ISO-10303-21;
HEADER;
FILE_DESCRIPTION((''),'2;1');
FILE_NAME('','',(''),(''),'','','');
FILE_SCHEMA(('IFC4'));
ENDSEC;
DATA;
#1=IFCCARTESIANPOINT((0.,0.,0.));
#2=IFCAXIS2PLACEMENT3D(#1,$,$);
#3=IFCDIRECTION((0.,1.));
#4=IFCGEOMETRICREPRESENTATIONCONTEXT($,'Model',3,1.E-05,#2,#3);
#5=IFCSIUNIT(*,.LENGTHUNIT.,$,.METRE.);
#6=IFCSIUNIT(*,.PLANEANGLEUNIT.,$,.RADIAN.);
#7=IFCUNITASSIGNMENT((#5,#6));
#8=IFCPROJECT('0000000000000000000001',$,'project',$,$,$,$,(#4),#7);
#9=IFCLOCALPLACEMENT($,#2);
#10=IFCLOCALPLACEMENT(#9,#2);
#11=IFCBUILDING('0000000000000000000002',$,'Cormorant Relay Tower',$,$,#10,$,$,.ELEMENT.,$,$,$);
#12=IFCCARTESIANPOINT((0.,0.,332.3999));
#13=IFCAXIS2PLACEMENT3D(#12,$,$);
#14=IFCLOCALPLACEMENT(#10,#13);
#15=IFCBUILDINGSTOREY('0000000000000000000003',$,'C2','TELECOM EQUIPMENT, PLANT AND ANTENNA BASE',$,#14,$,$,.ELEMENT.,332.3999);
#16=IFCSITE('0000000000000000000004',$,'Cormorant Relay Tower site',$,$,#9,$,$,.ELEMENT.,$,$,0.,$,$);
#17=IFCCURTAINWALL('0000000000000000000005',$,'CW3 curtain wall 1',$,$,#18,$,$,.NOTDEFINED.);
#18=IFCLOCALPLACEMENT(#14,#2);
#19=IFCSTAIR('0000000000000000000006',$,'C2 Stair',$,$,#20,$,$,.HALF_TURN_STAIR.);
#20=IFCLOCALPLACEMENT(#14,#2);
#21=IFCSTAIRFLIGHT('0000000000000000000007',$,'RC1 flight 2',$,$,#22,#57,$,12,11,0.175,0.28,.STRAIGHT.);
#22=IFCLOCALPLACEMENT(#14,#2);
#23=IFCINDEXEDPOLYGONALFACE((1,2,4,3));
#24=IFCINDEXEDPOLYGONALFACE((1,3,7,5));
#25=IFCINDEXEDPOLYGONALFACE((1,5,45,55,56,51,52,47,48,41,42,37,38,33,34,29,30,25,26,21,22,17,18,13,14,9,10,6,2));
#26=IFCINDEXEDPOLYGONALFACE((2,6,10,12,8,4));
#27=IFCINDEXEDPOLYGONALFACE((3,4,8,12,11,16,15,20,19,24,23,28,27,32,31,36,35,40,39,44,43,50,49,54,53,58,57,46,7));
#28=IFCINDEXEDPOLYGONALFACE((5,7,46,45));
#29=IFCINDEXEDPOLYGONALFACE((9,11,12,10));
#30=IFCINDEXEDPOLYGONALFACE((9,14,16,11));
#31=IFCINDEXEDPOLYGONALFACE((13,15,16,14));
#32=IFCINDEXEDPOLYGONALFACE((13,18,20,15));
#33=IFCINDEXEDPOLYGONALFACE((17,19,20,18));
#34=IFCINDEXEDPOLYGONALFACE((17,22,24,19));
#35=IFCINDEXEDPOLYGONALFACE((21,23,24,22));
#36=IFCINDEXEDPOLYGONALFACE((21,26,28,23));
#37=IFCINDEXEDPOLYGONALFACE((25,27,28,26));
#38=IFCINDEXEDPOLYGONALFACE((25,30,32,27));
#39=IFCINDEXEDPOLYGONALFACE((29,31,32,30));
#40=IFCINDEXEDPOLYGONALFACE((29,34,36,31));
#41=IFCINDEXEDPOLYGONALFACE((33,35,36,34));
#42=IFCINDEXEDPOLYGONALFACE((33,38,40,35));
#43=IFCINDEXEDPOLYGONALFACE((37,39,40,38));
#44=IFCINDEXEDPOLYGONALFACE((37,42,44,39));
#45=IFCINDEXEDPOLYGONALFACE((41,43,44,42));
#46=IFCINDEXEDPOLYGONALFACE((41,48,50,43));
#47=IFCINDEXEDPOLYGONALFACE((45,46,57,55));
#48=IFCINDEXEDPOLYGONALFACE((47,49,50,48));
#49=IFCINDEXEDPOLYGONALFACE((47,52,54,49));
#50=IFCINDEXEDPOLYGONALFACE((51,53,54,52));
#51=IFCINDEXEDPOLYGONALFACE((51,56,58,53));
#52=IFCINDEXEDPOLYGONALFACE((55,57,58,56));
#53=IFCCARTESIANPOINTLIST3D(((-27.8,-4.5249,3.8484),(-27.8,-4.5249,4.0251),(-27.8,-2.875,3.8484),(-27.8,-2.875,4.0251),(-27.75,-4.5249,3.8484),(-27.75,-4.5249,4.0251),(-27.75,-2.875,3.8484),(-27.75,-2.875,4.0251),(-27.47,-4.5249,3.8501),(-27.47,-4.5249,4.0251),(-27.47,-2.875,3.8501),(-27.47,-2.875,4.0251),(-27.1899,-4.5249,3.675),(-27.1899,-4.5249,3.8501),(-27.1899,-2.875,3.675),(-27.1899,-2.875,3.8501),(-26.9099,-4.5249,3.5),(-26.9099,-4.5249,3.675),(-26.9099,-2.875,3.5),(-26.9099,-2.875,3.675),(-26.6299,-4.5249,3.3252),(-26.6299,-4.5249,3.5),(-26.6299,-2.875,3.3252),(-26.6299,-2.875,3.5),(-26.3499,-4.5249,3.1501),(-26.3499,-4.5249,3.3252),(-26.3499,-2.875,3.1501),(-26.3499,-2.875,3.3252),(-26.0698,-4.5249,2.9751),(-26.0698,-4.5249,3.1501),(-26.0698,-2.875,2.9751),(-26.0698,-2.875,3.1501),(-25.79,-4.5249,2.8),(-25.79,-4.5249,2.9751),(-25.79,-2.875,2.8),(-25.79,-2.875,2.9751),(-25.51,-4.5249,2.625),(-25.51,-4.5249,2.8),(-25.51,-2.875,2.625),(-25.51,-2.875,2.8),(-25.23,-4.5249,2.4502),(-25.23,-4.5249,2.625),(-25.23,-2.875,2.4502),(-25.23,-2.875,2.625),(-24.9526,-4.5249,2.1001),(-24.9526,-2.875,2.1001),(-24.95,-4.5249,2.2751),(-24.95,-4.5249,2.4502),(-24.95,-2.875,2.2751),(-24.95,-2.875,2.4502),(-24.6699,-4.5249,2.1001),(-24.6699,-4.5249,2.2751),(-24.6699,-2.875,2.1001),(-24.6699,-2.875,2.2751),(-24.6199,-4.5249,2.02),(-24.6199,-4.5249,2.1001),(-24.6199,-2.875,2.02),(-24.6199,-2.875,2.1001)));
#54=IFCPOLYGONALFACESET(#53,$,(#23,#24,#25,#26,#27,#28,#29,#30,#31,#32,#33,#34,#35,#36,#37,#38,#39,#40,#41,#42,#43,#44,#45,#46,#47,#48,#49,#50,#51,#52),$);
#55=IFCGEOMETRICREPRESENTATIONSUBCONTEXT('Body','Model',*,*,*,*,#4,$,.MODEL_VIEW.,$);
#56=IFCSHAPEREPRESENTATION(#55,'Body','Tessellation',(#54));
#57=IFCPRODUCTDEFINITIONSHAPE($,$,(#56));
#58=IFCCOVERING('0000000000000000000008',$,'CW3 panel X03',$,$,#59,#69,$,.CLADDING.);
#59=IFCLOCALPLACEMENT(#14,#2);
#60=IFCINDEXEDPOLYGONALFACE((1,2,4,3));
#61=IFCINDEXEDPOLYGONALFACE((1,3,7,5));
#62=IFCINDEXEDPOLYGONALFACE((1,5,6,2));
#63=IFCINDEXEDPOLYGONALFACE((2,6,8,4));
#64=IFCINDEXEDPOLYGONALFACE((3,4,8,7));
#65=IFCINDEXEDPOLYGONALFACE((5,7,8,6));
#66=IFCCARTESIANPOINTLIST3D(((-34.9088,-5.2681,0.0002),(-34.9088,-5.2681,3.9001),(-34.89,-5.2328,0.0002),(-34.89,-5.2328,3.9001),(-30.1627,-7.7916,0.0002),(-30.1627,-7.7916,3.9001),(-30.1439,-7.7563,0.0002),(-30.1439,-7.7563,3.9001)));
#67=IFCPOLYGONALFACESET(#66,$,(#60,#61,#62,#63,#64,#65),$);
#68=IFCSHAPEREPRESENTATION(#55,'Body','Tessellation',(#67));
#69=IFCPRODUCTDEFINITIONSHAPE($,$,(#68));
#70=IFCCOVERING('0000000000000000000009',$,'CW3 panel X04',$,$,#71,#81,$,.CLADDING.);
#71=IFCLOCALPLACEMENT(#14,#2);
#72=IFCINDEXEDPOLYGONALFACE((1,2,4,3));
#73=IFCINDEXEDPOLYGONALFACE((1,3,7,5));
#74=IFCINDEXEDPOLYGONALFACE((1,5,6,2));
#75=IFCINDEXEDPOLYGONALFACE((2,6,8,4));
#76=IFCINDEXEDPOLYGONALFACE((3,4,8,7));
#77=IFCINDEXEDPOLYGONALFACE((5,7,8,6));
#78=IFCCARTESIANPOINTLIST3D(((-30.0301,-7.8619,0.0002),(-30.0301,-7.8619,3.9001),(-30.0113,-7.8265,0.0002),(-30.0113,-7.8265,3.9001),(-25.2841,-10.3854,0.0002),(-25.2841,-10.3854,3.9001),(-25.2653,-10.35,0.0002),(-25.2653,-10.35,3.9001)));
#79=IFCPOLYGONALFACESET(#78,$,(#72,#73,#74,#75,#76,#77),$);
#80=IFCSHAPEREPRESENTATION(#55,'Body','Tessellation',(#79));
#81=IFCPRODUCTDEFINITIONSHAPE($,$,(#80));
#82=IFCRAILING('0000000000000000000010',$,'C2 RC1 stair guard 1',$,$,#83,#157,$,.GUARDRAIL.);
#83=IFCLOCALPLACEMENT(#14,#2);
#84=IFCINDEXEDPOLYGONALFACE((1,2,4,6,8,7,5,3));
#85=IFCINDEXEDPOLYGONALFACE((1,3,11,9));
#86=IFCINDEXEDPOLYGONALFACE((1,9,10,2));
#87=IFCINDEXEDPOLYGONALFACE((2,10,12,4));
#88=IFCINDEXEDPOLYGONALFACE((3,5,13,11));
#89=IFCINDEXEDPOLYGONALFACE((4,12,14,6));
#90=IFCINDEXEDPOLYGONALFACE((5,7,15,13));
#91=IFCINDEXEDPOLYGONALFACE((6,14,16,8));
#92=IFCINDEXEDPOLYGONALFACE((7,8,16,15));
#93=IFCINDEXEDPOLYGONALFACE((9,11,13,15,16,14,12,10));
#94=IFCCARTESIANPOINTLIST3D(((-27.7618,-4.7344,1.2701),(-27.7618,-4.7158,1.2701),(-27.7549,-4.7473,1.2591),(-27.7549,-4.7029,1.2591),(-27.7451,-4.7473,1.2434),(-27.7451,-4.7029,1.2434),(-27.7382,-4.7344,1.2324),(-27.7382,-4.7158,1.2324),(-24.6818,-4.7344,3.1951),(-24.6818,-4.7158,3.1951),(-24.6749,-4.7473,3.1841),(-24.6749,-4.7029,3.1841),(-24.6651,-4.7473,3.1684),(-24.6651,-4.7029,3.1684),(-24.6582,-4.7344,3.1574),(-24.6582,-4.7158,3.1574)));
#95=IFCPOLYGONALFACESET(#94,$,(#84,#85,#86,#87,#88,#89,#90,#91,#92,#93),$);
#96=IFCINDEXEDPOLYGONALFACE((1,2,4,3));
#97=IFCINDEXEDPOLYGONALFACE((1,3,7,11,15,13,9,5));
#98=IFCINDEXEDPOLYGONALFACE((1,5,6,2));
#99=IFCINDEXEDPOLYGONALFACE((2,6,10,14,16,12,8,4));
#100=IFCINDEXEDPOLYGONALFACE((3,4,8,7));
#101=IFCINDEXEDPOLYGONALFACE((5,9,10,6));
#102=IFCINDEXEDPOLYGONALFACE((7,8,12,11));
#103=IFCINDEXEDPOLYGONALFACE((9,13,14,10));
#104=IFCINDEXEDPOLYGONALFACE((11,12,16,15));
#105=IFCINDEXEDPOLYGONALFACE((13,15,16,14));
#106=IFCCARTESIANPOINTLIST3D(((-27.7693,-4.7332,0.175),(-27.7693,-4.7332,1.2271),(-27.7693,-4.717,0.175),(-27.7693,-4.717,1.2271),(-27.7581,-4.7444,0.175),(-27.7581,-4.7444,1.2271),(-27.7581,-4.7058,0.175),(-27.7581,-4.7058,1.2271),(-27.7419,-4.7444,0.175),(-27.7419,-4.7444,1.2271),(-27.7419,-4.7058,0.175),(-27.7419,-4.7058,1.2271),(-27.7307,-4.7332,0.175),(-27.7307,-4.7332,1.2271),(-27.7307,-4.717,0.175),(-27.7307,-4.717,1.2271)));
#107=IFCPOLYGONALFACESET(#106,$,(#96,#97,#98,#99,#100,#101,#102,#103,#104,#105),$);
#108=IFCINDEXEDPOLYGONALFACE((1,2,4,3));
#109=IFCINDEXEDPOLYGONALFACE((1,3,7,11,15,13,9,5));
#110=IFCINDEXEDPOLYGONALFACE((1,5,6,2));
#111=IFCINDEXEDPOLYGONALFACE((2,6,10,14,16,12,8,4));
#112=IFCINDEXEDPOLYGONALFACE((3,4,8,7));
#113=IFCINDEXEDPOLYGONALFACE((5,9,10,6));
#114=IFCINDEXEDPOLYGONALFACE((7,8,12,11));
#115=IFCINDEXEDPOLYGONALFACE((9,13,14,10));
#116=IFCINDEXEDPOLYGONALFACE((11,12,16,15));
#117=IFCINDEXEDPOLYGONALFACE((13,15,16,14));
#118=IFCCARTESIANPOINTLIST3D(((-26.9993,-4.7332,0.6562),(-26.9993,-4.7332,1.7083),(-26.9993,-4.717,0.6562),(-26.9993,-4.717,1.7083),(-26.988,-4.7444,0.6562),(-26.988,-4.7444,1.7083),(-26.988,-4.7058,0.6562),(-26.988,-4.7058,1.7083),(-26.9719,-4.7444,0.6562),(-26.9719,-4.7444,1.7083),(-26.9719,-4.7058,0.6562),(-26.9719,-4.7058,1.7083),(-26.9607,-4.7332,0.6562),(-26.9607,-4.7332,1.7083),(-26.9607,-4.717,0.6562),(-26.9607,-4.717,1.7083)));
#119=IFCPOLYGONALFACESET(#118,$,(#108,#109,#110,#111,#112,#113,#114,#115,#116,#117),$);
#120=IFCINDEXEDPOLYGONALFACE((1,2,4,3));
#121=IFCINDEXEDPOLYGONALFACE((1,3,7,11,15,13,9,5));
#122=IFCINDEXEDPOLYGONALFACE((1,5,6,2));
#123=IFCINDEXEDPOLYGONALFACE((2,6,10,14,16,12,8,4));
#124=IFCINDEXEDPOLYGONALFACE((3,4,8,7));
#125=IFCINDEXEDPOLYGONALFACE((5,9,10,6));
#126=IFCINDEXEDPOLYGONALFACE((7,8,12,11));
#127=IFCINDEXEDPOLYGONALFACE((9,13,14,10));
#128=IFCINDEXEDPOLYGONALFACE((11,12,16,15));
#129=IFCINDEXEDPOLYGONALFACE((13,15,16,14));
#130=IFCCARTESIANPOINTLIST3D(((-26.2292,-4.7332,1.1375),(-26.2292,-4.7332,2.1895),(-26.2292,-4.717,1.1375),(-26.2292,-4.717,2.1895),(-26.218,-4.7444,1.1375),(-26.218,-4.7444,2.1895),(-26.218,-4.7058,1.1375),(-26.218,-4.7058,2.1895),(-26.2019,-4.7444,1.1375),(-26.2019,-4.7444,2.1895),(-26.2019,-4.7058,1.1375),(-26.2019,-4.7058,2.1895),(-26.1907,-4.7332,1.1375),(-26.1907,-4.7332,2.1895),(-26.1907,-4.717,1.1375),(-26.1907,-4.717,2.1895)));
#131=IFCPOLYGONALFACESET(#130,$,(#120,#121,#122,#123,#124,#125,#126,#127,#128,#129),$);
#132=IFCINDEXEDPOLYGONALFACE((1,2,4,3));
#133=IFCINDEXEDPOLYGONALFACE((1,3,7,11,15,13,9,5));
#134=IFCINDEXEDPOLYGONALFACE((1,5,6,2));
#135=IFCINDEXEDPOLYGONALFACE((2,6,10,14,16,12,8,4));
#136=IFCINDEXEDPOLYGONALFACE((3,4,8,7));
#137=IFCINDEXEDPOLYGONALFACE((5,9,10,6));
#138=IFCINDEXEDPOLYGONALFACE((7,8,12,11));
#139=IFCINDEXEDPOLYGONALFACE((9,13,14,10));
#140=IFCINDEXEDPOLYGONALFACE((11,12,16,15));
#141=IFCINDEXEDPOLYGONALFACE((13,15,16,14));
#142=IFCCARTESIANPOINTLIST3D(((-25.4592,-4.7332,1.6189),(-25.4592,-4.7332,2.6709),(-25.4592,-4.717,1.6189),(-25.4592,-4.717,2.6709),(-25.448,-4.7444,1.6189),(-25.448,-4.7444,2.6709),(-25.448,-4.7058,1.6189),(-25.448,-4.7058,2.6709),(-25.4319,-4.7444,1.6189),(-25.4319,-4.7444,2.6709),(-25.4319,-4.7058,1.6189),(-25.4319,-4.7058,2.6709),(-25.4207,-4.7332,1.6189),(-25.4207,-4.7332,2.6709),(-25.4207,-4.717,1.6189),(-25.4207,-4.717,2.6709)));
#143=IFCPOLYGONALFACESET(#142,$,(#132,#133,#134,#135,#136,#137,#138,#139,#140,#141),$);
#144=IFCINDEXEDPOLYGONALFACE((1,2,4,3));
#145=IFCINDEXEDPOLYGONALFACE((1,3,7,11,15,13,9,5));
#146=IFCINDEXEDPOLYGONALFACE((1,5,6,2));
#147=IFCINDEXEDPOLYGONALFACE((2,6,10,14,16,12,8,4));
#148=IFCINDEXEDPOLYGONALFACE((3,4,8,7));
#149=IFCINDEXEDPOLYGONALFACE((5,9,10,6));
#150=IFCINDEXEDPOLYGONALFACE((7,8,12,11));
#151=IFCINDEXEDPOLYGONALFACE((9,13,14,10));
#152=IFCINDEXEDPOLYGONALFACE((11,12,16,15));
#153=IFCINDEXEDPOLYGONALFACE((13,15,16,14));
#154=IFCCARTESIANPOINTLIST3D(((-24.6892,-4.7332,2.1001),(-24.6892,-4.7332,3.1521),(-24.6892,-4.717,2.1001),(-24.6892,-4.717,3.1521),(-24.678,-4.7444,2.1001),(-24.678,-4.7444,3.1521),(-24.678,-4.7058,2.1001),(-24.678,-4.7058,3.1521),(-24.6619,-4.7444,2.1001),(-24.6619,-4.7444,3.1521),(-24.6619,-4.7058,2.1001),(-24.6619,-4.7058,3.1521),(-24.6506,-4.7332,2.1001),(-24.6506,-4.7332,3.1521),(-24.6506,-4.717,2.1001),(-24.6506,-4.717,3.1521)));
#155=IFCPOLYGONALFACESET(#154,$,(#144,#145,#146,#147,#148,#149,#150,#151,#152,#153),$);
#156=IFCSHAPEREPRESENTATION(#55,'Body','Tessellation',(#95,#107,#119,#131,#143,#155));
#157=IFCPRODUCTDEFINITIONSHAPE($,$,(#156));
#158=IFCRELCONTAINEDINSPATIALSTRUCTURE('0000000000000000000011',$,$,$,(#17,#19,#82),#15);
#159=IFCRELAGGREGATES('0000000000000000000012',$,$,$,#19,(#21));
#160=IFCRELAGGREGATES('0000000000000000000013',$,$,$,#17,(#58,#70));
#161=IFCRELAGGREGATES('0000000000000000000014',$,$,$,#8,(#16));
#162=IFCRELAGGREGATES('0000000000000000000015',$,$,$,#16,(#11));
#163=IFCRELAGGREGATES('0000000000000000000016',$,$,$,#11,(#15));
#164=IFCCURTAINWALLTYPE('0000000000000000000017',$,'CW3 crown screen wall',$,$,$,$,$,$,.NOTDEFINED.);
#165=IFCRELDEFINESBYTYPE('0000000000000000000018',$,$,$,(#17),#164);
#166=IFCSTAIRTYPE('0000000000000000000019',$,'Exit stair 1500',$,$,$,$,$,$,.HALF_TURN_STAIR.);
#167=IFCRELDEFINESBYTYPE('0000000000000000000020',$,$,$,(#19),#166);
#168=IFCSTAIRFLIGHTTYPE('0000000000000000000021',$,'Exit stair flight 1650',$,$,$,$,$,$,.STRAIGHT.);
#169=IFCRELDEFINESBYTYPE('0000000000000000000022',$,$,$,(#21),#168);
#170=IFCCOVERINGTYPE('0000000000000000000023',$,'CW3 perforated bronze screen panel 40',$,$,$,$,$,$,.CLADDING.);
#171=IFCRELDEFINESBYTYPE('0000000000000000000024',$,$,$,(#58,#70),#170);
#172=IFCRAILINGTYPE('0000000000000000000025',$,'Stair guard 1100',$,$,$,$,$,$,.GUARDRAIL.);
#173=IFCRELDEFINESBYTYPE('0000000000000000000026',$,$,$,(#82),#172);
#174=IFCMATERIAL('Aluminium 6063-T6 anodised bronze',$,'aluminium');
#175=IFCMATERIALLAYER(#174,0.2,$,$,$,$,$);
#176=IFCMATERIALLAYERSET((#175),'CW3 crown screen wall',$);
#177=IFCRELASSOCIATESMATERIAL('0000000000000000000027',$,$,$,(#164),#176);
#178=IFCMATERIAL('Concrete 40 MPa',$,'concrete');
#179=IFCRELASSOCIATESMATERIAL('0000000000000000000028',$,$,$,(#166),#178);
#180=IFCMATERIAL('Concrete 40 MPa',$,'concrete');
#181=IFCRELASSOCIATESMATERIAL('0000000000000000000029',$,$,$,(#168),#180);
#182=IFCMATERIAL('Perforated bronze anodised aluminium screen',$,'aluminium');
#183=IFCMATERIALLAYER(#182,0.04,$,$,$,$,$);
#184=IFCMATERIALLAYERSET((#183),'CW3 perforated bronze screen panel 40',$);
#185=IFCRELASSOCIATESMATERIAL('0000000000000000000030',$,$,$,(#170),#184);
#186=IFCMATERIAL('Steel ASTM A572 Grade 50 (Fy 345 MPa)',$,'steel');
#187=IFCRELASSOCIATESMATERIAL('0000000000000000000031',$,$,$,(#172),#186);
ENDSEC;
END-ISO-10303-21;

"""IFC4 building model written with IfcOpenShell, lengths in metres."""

from ifc_helpers import new_model, si_unit, direction, frame, origin, origin_2d, place, context, subcontext, project, spatial, polyline, rectangle, outline, extrude, material, layer, layer_set, type_object, element, aggregate, save


model = new_model("IFC4")

# Units and contexts
model_context = context("Model", 3, precision=1e-05, world=origin(), true_north=direction((0.0, 1.0)))
body_context = subcontext(model_context, "Body", "Model", "MODEL_VIEW")
ifc_project = project(units=[si_unit("LENGTHUNIT", "METRE"), si_unit("PLANEANGLEUNIT", "RADIAN")], contexts=[model_context])

# Site, building, storey
site_placement = place(None, origin())
site = spatial("IfcSite", under=ifc_project, at=site_placement, Name="Cormorant Relay Tower site", CompositionType="ELEMENT", RefElevation=0.0)
building_placement = place(site_placement, origin())
building = spatial("IfcBuilding", under=site, at=building_placement, Name="Cormorant Relay Tower", CompositionType="ELEMENT")
storey_placement = place(building_placement, frame((0.0, 0.0, 332.3999)))
storey = spatial("IfcBuildingStorey", under=building, at=storey_placement, Name="C2", Description="TELECOM EQUIPMENT, PLANT AND ANTENNA BASE", CompositionType="ELEMENT", Elevation=332.3999)

# Curtain wall
ifc_material_1 = material(Name="Aluminium 6063-T6 anodised bronze", Category="aluminium")
ifc_layer_1 = layer(ifc_material_1, 0.2)
ifc_layer_set_1 = layer_set([ifc_layer_1], Name="CW3 crown screen wall")
curtain_wall_type = type_object("IfcCurtainWallType", Name="CW3 crown screen wall", PredefinedType="NOTDEFINED", material=ifc_layer_set_1)
curtain_wall_placement = place(storey_placement, origin())
curtain_wall = element("IfcCurtainWall", 1, at=curtain_wall_placement, inside=storey, type_object=curtain_wall_type, Name="CW3 curtain wall 1", PredefinedType="NOTDEFINED")

# Stair, stair flight
ifc_material_2 = material(Name="Concrete 40 MPa", Category="concrete")
stair_type = type_object("IfcStairType", Name="Exit stair 1500", PredefinedType="HALF_TURN_STAIR", material=ifc_material_2)
stair_placement = place(storey_placement, origin())
stair = element("IfcStair", 2, at=stair_placement, inside=storey, type_object=stair_type, Name="C2 Stair", PredefinedType="HALF_TURN_STAIR")
ifc_material_3 = material(Name="Concrete 40 MPa", Category="concrete")
stair_flight_type = type_object("IfcStairFlightType", Name="Exit stair flight 1650", PredefinedType="STRAIGHT", material=ifc_material_3)
stair_flight_1_placement = place(storey_placement, frame((-24.6699, -3.7, 2.1001), z_axis=(0.0, 0.0, 1.0), x_axis=(-1.0, 0.0, 0.0)))
stair_flight_1 = element("IfcStairFlight", 3, at=stair_flight_1_placement, type_object=stair_flight_type, Name="RC1 flight 2", NumberOfRisers=12, NumberOfTreads=11, PredefinedType="STRAIGHT", RiserHeight=0.175, TreadLength=0.28, context=body_context, shape_type="SweptSolid", body=[
    extrude(outline(polyline([(-0.05, -0.0801), (-0.05, 0.0), (0.0, 0.0), (0.0, 0.175), (0.28, 0.175), (0.28, 0.3501), (0.5601, 0.3501), (0.5601, 0.5249), (0.8401, 0.5249), (0.8401, 0.7), (1.1201, 0.7), (1.1201, 0.875), (1.3999, 0.875), (1.3999, 1.05), (1.6799, 1.05), (1.6799, 1.2251), (1.96, 1.2251), (1.96, 1.3999), (2.24, 1.3999), (2.24, 1.575), (2.52, 1.575), (2.52, 1.75), (2.8, 1.75), (2.8, 1.925), (3.0801, 1.925), (3.1301, 1.925), (3.1301, 1.7483), (3.0801, 1.7483), (0.2827, 0.0), (-0.05, -0.0801)])), frame((0.0, 0.825, 0.0), z_axis=(0.0, -1.0, 0.0), x_axis=(1.0, 0.0, 0.0)), (0.0, 0.0, 1.0), 1.6499),
])
aggregate(stair, [stair_flight_1])

# Coverings
ifc_material_4 = material(Name="Perforated bronze anodised aluminium screen", Category="aluminium")
ifc_layer_2 = layer(ifc_material_4, 0.04)
ifc_layer_set_2 = layer_set([ifc_layer_2], Name="CW3 perforated bronze screen panel 40")
covering_type = type_object("IfcCoveringType", Name="CW3 perforated bronze screen panel 40", PredefinedType="CLADDING", material=ifc_layer_set_2)
covering_1_placement = place(storey_placement, frame((-32.5264, -6.5122, 0.0002), z_axis=(0.0, 0.0, 1.0), x_axis=(0.882948, -0.469472, 0.0)))
covering_1 = element("IfcCovering", 4, at=covering_1_placement, type_object=covering_type, Name="CW3 panel X03", PredefinedType="CLADDING", context=body_context, shape_type="SweptSolid", body=[
    extrude(rectangle(XDim=5.3752, YDim=0.04, at=origin_2d()), origin(), (0.0, 0.0, 1.0), 3.8999),
])
covering_2_placement = place(storey_placement, frame((-27.6477, -9.106, 0.0002), z_axis=(0.0, 0.0, 1.0), x_axis=(0.882948, -0.469472, 0.0)))
covering_2 = element("IfcCovering", 5, at=covering_2_placement, type_object=covering_type, Name="CW3 panel X04", PredefinedType="CLADDING", context=body_context, shape_type="SweptSolid", body=[
    extrude(rectangle(XDim=5.3752, YDim=0.04, at=origin_2d()), origin(), (0.0, 0.0, 1.0), 3.8999),
])
aggregate(curtain_wall, [covering_1, covering_2])

# Railing
ifc_material_5 = material(Name="Steel ASTM A572 Grade 50 (Fy 345 MPa)", Category="steel")
railing_type_1 = type_object("IfcRailingType", Name="Stair guard 1100", PredefinedType="GUARDRAIL", material=ifc_material_5)
railing_1_placement = place(storey_placement, frame((-27.75, -4.7251, 0.175)))
element("IfcRailing", 6, at=railing_1_placement, inside=storey, type_object=railing_type_1, Name="C2 RC1 stair guard 1", PredefinedType="GUARDRAIL", context=body_context, shape_type="SweptSolid", body=[
    extrude(outline(polyline([(0.0222, 0.0093), (0.0093, 0.0222), (-0.0093, 0.0222), (-0.0222, 0.0093), (-0.0222, -0.0093), (-0.0093, -0.0222), (0.0093, -0.0222), (0.0222, -0.0093), (0.0222, 0.0093)])), frame((0.0, 0.0, 1.0762), z_axis=(0.847998, 0.0, 0.529999), x_axis=(0.0, 1.0, 0.0)), (0.0, 0.0, 1.0), 3.6321),
    extrude(outline(polyline([(0.0193, 0.0081), (0.0081, 0.0193), (-0.0081, 0.0193), (-0.0193, 0.0081), (-0.0193, -0.0081), (-0.0081, -0.0193), (0.0081, -0.0193), (0.0193, -0.0081), (0.0193, 0.0081)])), origin(), (0.0, 0.0, 1.0), 1.052),
    extrude(outline(polyline([(0.0193, 0.0081), (0.0081, 0.0193), (-0.0081, 0.0193), (-0.0193, 0.0081), (-0.0193, -0.0081), (-0.0081, -0.0193), (0.0081, -0.0193), (0.0193, -0.0081), (0.0193, 0.0081)])), frame((0.77, 0.0, 0.4812)), (0.0, 0.0, 1.0), 1.052),
    extrude(outline(polyline([(0.0193, 0.0081), (0.0081, 0.0193), (-0.0081, 0.0193), (-0.0193, 0.0081), (-0.0193, -0.0081), (-0.0081, -0.0193), (0.0081, -0.0193), (0.0193, -0.0081), (0.0193, 0.0081)])), frame((1.54, 0.0, 0.9624)), (0.0, 0.0, 1.0), 1.052),
    extrude(outline(polyline([(0.0193, 0.0081), (0.0081, 0.0193), (-0.0081, 0.0193), (-0.0193, 0.0081), (-0.0193, -0.0081), (-0.0081, -0.0193), (0.0081, -0.0193), (0.0193, -0.0081), (0.0193, 0.0081)])), frame((2.3101, 0.0, 1.4438)), (0.0, 0.0, 1.0), 1.052),
    extrude(outline(polyline([(0.0193, 0.0081), (0.0081, 0.0193), (-0.0081, 0.0193), (-0.0193, 0.0081), (-0.0193, -0.0081), (-0.0081, -0.0193), (0.0081, -0.0193), (0.0193, -0.0081), (0.0193, 0.0081)])), frame((3.0801, 0.0, 1.925)), (0.0, 0.0, 1.0), 1.052),
])

save(model, "model.ifc")
